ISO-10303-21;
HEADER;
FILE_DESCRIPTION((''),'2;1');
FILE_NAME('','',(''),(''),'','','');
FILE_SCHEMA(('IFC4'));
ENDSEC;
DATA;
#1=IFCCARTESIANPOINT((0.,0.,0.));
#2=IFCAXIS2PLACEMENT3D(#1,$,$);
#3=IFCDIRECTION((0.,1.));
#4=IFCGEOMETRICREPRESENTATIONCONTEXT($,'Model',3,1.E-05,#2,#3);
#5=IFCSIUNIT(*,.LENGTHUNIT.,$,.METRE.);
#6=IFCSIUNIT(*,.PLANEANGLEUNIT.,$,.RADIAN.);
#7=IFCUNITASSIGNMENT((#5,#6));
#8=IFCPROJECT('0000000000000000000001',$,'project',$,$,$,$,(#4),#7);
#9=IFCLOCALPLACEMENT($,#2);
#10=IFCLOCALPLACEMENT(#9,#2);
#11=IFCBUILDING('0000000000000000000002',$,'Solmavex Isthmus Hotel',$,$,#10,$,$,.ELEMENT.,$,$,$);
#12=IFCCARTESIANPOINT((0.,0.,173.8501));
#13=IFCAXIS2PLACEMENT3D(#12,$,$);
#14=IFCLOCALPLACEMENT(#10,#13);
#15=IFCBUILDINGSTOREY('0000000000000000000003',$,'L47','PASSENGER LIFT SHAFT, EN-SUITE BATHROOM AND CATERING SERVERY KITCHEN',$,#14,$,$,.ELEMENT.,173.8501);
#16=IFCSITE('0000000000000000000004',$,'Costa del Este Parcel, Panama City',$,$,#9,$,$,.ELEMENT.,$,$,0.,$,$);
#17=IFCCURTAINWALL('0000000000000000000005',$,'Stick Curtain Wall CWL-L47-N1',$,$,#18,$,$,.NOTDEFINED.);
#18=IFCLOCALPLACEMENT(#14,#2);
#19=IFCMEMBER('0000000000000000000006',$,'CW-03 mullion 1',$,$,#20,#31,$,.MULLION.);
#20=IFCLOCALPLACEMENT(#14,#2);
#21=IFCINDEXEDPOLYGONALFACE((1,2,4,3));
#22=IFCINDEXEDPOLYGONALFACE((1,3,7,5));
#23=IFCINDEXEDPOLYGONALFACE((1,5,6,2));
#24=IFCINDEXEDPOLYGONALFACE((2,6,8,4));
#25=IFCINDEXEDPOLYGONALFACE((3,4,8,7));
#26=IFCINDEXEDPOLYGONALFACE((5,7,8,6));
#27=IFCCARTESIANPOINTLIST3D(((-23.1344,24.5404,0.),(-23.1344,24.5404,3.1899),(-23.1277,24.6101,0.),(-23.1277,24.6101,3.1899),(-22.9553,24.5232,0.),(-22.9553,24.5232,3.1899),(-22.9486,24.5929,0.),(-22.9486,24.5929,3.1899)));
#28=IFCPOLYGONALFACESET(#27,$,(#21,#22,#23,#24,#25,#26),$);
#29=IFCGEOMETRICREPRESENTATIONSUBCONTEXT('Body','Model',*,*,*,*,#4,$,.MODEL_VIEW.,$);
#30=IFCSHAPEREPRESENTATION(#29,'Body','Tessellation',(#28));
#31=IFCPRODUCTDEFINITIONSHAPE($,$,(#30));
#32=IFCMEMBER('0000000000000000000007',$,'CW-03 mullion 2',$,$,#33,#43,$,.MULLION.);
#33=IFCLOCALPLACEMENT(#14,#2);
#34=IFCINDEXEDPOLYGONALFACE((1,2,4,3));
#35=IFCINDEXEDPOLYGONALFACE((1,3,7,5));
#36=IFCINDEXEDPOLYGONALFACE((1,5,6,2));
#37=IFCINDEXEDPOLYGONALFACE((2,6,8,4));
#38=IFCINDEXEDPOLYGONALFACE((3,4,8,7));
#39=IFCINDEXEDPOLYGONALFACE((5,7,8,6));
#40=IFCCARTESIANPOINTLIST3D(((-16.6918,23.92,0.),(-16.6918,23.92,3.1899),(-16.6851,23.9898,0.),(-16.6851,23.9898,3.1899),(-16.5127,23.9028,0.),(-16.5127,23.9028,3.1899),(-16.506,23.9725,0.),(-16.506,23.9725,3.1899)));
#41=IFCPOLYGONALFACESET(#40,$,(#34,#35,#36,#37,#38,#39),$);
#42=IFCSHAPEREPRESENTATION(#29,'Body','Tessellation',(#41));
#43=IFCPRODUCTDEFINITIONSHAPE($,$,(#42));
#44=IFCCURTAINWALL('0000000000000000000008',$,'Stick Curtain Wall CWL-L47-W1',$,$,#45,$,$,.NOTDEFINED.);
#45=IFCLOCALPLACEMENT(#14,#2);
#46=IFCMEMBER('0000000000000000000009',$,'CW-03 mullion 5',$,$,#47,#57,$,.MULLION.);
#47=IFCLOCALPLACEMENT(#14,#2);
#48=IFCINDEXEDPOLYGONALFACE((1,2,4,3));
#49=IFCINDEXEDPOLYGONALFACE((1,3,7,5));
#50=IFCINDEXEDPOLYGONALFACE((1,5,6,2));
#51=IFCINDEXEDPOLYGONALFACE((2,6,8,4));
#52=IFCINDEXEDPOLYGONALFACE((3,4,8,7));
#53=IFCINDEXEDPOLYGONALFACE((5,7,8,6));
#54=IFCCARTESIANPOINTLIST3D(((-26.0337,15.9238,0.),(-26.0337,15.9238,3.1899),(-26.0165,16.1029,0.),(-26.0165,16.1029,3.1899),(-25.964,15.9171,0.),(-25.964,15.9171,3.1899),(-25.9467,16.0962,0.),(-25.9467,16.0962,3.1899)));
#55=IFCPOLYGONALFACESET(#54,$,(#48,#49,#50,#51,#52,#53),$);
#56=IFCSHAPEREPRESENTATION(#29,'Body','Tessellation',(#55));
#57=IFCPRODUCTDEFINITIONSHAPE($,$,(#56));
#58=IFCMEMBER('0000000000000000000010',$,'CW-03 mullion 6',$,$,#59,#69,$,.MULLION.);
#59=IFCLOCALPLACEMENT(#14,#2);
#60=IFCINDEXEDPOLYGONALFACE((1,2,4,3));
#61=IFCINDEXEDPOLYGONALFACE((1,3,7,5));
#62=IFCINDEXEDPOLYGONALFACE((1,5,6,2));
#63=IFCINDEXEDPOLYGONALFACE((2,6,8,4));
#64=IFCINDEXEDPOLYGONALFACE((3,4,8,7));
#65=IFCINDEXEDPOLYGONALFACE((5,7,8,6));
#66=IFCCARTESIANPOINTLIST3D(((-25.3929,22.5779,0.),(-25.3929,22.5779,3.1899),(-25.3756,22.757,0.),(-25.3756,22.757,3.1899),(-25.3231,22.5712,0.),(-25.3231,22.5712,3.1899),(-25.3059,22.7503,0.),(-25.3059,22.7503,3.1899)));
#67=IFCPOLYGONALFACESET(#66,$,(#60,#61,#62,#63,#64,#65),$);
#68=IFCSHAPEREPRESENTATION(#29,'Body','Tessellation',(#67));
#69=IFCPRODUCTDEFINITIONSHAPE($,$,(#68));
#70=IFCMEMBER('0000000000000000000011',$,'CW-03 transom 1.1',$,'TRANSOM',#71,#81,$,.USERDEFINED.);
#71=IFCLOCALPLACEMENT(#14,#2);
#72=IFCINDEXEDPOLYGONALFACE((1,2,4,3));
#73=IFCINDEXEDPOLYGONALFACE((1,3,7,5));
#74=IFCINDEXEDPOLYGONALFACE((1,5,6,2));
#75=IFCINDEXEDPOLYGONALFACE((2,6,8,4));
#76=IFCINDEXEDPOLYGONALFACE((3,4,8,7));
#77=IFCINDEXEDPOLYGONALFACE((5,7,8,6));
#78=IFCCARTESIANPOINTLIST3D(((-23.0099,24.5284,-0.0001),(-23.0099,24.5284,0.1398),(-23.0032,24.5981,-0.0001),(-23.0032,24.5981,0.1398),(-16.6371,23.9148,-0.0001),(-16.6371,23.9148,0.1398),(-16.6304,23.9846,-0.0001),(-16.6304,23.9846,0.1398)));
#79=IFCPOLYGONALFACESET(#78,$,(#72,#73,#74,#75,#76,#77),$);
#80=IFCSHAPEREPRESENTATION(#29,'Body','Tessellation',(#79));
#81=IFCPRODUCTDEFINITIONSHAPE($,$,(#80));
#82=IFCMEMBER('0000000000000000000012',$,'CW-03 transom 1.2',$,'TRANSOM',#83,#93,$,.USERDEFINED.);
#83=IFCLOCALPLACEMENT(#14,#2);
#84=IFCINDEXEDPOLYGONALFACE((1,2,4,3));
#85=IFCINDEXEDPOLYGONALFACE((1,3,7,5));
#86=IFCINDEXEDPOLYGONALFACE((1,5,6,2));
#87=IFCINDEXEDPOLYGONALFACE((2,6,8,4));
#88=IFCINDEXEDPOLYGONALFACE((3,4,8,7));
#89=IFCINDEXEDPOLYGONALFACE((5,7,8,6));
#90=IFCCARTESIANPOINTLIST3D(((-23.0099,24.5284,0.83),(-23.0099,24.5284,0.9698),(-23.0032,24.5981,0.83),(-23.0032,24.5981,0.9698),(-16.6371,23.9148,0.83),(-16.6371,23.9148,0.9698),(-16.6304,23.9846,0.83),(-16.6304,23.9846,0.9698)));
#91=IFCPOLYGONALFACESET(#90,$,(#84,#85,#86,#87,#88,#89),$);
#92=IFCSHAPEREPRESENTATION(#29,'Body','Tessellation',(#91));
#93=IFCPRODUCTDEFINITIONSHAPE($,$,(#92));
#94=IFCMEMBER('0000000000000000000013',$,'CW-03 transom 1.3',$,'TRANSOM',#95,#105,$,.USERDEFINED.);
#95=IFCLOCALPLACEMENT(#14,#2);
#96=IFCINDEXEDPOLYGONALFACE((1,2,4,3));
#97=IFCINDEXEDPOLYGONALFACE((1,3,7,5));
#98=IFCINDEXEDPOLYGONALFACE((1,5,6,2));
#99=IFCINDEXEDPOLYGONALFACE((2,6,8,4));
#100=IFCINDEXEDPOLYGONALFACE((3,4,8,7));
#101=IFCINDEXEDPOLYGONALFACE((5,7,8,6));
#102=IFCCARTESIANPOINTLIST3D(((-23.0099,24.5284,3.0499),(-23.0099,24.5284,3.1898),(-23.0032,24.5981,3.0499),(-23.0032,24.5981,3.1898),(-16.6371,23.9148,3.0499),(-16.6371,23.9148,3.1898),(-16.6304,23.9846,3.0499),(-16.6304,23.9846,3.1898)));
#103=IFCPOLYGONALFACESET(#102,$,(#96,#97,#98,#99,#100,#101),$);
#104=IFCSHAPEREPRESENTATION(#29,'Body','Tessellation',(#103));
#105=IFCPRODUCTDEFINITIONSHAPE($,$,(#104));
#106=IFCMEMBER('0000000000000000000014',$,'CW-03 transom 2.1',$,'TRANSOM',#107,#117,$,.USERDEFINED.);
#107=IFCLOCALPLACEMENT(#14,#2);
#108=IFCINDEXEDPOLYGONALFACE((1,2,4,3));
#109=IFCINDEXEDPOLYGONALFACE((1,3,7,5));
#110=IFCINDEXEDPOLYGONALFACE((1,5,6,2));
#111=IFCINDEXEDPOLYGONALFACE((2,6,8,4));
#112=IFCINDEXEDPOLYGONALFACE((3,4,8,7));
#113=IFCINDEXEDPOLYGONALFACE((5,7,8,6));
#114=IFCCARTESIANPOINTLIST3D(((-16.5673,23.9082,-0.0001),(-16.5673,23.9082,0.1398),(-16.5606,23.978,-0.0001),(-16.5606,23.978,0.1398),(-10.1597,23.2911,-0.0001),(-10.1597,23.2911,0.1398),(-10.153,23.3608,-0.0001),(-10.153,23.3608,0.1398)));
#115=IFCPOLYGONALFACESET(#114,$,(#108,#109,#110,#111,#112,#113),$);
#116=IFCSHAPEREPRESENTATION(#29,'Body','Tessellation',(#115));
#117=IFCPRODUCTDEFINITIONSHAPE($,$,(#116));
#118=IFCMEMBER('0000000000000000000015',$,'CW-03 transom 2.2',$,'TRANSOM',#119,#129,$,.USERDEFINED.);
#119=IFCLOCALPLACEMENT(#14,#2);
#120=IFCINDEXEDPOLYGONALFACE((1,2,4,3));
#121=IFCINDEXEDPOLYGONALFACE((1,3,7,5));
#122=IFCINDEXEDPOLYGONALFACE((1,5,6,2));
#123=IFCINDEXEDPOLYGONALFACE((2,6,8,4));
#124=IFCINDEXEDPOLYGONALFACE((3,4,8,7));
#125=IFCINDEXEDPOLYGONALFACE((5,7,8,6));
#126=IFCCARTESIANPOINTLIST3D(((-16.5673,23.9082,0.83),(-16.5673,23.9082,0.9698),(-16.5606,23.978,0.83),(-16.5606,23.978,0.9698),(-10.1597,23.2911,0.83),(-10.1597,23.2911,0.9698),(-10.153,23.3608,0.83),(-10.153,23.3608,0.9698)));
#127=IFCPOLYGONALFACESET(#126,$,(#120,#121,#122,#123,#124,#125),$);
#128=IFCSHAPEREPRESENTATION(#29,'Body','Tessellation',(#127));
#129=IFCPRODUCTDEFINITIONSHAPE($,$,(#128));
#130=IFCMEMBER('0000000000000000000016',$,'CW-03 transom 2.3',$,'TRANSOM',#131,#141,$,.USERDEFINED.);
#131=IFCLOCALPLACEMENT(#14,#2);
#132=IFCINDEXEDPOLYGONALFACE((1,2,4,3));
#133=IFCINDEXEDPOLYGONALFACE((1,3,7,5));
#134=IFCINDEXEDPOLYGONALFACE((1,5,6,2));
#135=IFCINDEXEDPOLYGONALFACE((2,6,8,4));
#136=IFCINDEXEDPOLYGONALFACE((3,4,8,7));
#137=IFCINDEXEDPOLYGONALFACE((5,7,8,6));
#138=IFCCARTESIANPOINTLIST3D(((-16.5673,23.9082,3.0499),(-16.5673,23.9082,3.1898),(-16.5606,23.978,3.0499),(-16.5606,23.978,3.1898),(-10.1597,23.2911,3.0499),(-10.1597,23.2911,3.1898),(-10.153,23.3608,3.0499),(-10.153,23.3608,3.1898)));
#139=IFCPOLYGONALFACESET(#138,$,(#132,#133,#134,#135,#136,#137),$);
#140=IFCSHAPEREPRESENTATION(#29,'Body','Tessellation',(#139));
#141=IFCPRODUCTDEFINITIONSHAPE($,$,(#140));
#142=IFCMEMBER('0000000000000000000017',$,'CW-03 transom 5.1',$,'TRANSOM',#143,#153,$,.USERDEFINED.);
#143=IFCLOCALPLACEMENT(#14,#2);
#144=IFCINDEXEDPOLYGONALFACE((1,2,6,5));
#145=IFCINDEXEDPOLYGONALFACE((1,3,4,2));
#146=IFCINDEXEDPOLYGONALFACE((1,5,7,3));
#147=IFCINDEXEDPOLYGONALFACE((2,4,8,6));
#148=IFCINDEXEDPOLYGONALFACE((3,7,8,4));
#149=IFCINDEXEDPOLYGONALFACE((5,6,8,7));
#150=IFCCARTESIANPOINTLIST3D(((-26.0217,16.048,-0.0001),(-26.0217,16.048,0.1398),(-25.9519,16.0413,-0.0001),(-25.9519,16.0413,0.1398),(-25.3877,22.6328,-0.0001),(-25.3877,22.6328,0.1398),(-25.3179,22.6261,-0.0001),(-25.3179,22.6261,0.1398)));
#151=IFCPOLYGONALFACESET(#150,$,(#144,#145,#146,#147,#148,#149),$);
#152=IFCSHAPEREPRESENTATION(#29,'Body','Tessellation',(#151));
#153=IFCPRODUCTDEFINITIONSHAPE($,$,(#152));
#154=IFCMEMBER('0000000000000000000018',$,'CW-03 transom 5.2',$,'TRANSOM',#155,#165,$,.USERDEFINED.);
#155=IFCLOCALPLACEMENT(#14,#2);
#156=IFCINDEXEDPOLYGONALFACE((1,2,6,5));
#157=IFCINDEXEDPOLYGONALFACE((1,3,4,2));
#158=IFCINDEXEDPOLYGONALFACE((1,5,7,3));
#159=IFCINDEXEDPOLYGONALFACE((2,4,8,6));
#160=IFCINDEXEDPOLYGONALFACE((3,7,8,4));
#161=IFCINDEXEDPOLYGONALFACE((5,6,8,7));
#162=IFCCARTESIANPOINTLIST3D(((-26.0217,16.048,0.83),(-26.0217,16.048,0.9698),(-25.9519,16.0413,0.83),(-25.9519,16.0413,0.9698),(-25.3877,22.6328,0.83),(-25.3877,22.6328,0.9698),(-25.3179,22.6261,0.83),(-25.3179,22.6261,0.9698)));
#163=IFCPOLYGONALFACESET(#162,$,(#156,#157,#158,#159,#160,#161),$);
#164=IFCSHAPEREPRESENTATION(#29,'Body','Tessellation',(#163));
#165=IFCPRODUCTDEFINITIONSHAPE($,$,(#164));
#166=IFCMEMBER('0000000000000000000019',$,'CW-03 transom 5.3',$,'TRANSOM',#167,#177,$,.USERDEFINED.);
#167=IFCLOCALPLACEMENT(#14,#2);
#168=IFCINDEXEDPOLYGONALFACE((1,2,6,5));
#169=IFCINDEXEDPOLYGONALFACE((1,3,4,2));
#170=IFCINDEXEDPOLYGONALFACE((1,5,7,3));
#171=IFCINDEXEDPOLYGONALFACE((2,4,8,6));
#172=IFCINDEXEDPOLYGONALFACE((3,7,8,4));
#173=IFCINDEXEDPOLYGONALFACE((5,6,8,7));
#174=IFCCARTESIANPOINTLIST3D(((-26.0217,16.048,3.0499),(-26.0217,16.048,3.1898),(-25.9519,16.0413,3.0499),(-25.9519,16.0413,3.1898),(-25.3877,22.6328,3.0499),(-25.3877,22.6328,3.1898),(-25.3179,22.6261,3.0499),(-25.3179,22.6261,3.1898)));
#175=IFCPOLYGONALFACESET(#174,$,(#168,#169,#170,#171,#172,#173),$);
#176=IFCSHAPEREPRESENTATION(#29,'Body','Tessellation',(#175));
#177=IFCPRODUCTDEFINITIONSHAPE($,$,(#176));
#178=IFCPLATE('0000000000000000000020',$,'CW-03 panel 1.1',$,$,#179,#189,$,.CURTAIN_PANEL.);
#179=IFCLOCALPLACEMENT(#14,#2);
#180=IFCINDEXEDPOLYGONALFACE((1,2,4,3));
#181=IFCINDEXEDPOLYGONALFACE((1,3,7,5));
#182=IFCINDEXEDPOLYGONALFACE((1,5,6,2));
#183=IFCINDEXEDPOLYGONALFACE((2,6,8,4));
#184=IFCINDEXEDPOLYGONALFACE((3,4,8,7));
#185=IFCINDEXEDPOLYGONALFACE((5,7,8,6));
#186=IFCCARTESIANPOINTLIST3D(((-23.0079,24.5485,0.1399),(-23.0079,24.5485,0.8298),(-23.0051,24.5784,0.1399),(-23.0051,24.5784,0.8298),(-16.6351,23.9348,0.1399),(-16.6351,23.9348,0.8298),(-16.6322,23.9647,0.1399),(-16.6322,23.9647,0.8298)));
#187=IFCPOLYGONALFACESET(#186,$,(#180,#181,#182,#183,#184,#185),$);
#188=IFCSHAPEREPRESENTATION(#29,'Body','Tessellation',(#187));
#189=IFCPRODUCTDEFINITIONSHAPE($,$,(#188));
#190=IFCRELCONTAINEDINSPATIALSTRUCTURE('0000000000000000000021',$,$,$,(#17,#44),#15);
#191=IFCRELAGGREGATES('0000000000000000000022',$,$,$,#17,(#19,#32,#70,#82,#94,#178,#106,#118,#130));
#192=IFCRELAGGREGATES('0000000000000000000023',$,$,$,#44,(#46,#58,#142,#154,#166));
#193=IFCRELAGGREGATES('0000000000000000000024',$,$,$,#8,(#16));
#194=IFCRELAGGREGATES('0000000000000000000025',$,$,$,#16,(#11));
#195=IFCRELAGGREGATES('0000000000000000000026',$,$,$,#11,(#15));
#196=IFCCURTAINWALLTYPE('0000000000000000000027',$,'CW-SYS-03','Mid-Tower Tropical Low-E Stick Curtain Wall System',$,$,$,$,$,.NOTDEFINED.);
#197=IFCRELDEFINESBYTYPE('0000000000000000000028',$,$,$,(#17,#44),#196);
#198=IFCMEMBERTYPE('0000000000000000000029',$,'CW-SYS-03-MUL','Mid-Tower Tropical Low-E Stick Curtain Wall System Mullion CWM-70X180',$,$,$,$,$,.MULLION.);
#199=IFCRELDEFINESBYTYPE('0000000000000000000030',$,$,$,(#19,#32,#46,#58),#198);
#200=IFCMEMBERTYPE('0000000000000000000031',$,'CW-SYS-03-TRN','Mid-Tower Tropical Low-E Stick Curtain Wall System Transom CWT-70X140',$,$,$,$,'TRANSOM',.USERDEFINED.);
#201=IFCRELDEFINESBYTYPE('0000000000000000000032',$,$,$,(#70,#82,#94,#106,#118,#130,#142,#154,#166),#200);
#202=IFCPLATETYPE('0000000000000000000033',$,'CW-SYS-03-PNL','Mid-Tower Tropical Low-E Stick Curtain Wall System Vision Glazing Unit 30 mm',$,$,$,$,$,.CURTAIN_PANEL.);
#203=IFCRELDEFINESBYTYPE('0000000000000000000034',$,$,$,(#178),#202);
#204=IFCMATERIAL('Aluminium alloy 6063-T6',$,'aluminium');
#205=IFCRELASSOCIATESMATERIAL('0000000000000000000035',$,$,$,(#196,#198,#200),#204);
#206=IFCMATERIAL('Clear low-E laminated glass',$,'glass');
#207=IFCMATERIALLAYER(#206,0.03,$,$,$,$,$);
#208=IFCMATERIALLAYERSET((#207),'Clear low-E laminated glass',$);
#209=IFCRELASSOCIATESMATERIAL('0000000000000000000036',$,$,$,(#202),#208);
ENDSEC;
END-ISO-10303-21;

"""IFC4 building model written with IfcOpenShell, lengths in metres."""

from ifc_helpers import new_model, si_unit, direction, frame, origin, origin_2d, place, context, subcontext, project, spatial, rectangle, extrude, material, layer, layer_set, material_profile, profile_set, type_object, element, aggregate, save


model = new_model("IFC4")

# Units and contexts
model_context = context("Model", 3, precision=1e-05, world=origin(), true_north=direction((0.0, 1.0)))
body_context = subcontext(model_context, "Body", "Model", "MODEL_VIEW")
ifc_project = project(units=[si_unit("LENGTHUNIT", "METRE"), si_unit("PLANEANGLEUNIT", "RADIAN")], contexts=[model_context])

# Site, building, storey
site_placement = place(None, origin())
site = spatial("IfcSite", under=ifc_project, at=site_placement, Name="Costa del Este Parcel, Panama City", CompositionType="ELEMENT", RefElevation=0.0)
building_placement = place(site_placement, origin())
building = spatial("IfcBuilding", under=site, at=building_placement, Name="Solmavex Isthmus Hotel", CompositionType="ELEMENT")
storey_placement = place(building_placement, frame((0.0, 0.0, 173.8501)))
storey = spatial("IfcBuildingStorey", under=building, at=storey_placement, Name="L47", Description="PASSENGER LIFT SHAFT, EN-SUITE BATHROOM AND CATERING SERVERY KITCHEN", CompositionType="ELEMENT", Elevation=173.8501)

# Curtain walls, members
ifc_material_1 = material(Name="Aluminium alloy 6063-T6", Category="aluminium")
curtain_wall_type = type_object("IfcCurtainWallType", Name="CW-SYS-03", Description="Mid-Tower Tropical Low-E Stick Curtain Wall System", PredefinedType="NOTDEFINED", material=ifc_material_1)
curtain_wall_1_placement = place(storey_placement, origin())
curtain_wall_1 = element("IfcCurtainWall", 1, at=curtain_wall_1_placement, inside=storey, type_object=curtain_wall_type, Name="Stick Curtain Wall CWL-L47-N1", PredefinedType="NOTDEFINED")
ifc_material_profile_1 = material_profile(ifc_material_1, rectangle(XDim=0.0701, YDim=0.1799, at=origin_2d()), Name="CWM-70X180")
ifc_profile_set_1 = profile_set([ifc_material_profile_1], Name="Aluminium alloy 6063-T6")
member_type_1 = type_object("IfcMemberType", Name="CW-SYS-03-MUL", Description="Mid-Tower Tropical Low-E Stick Curtain Wall System Mullion CWM-70X180", PredefinedType="MULLION", material=ifc_profile_set_1)
member_1_placement = place(storey_placement, frame((-23.0415, 24.5667, 0.0), z_axis=(0.0, 0.0, 1.0), x_axis=(0.095846, 0.995396, 0.0)))
member_1 = element("IfcMember", 2, at=member_1_placement, type_object=member_type_1, Name="CW-03 mullion 1", PredefinedType="MULLION", context=body_context, shape_type="SweptSolid", body=[
    extrude(rectangle(XDim=0.0701, YDim=0.1799, at=origin_2d()), origin(), (0.0, 0.0, 1.0), 3.1899),
])
member_2_placement = place(storey_placement, frame((-16.5989, 23.9463, 0.0), z_axis=(0.0, 0.0, 1.0), x_axis=(0.095846, 0.995396, 0.0)))
member_2 = element("IfcMember", 3, at=member_2_placement, type_object=member_type_1, Name="CW-03 mullion 2", PredefinedType="MULLION", context=body_context, shape_type="SweptSolid", body=[
    extrude(rectangle(XDim=0.0701, YDim=0.1799, at=origin_2d()), origin(), (0.0, 0.0, 1.0), 3.1899),
])
curtain_wall_2_placement = place(storey_placement, origin())
curtain_wall_2 = element("IfcCurtainWall", 4, at=curtain_wall_2_placement, inside=storey, type_object=curtain_wall_type, Name="Stick Curtain Wall CWL-L47-W1", PredefinedType="NOTDEFINED")
member_3_placement = place(storey_placement, frame((-25.9902, 16.01, 0.0), z_axis=(0.0, 0.0, 1.0), x_axis=(-0.995396, 0.095846, 0.0)))
member_3 = element("IfcMember", 5, at=member_3_placement, type_object=member_type_1, Name="CW-03 mullion 5", PredefinedType="MULLION", context=body_context, shape_type="SweptSolid", body=[
    extrude(rectangle(XDim=0.0701, YDim=0.1799, at=origin_2d()), origin(), (0.0, 0.0, 1.0), 3.1899),
])
member_4_placement = place(storey_placement, frame((-25.3494, 22.6641, 0.0), z_axis=(0.0, 0.0, 1.0), x_axis=(-0.995396, 0.095846, 0.0)))
member_4 = element("IfcMember", 6, at=member_4_placement, type_object=member_type_1, Name="CW-03 mullion 6", PredefinedType="MULLION", context=body_context, shape_type="SweptSolid", body=[
    extrude(rectangle(XDim=0.0701, YDim=0.1799, at=origin_2d()), origin(), (0.0, 0.0, 1.0), 3.1899),
])

# Members
ifc_material_profile_2 = material_profile(ifc_material_1, rectangle(XDim=0.0701, YDim=0.1399, at=origin_2d()), Name="CWT-70X140")
ifc_profile_set_2 = profile_set([ifc_material_profile_2], Name="Aluminium alloy 6063-T6")
member_type_2 = type_object("IfcMemberType", Name="CW-SYS-03-TRN", Description="Mid-Tower Tropical Low-E Stick Curtain Wall System Transom CWT-70X140", ElementType="TRANSOM", PredefinedType="USERDEFINED", material=ifc_profile_set_2)
member_5_placement = place(storey_placement, frame((-23.0066, 24.5632, 0.0698), z_axis=(0.995398, -0.095829, 0.0), x_axis=(0.095829, 0.995398, 0.0)))
member_5 = element("IfcMember", 7, at=member_5_placement, type_object=member_type_2, Name="CW-03 transom 1.1", ObjectType="TRANSOM", PredefinedType="USERDEFINED", context=body_context, shape_type="SweptSolid", body=[
    extrude(rectangle(XDim=0.0701, YDim=0.1399, at=origin_2d()), origin(), (0.0, 0.0, 1.0), 6.4023),
])
member_6_placement = place(storey_placement, frame((-23.0066, 24.5632, 0.8999), z_axis=(0.995398, -0.095829, 0.0), x_axis=(0.095829, 0.995398, 0.0)))
member_6 = element("IfcMember", 8, at=member_6_placement, type_object=member_type_2, Name="CW-03 transom 1.2", ObjectType="TRANSOM", PredefinedType="USERDEFINED", context=body_context, shape_type="SweptSolid", body=[
    extrude(rectangle(XDim=0.0701, YDim=0.1399, at=origin_2d()), origin(), (0.0, 0.0, 1.0), 6.4023),
])
member_7_placement = place(storey_placement, frame((-23.0066, 24.5632, 3.1199), z_axis=(0.995398, -0.095829, 0.0), x_axis=(0.095829, 0.995398, 0.0)))
member_7 = element("IfcMember", 9, at=member_7_placement, type_object=member_type_2, Name="CW-03 transom 1.3", ObjectType="TRANSOM", PredefinedType="USERDEFINED", context=body_context, shape_type="SweptSolid", body=[
    extrude(rectangle(XDim=0.0701, YDim=0.1399, at=origin_2d()), origin(), (0.0, 0.0, 1.0), 6.4023),
])
member_8_placement = place(storey_placement, frame((-16.564, 23.9431, 0.0698), z_axis=(0.995393, -0.095876, 0.0), x_axis=(0.095876, 0.995393, 0.0)))
member_8 = element("IfcMember", 10, at=member_8_placement, type_object=member_type_2, Name="CW-03 transom 2.1", ObjectType="TRANSOM", PredefinedType="USERDEFINED", context=body_context, shape_type="SweptSolid", body=[
    extrude(rectangle(XDim=0.0701, YDim=0.1399, at=origin_2d()), origin(), (0.0, 0.0, 1.0), 6.4373),
])
member_9_placement = place(storey_placement, frame((-16.564, 23.9431, 0.8999), z_axis=(0.995393, -0.095876, 0.0), x_axis=(0.095876, 0.995393, 0.0)))
member_9 = element("IfcMember", 11, at=member_9_placement, type_object=member_type_2, Name="CW-03 transom 2.2", ObjectType="TRANSOM", PredefinedType="USERDEFINED", context=body_context, shape_type="SweptSolid", body=[
    extrude(rectangle(XDim=0.0701, YDim=0.1399, at=origin_2d()), origin(), (0.0, 0.0, 1.0), 6.4373),
])
member_10_placement = place(storey_placement, frame((-16.564, 23.9431, 3.1199), z_axis=(0.995393, -0.095876, 0.0), x_axis=(0.095876, 0.995393, 0.0)))
member_10 = element("IfcMember", 12, at=member_10_placement, type_object=member_type_2, Name="CW-03 transom 2.3", ObjectType="TRANSOM", PredefinedType="USERDEFINED", context=body_context, shape_type="SweptSolid", body=[
    extrude(rectangle(XDim=0.0701, YDim=0.1399, at=origin_2d()), origin(), (0.0, 0.0, 1.0), 6.4373),
])
member_11_placement = place(storey_placement, frame((-25.9868, 16.0447, 0.0698), z_axis=(0.095845, 0.995396, 0.0), x_axis=(-0.995396, 0.095845, 0.0)))
member_11 = element("IfcMember", 13, at=member_11_placement, type_object=member_type_2, Name="CW-03 transom 5.1", ObjectType="TRANSOM", PredefinedType="USERDEFINED", context=body_context, shape_type="SweptSolid", body=[
    extrude(rectangle(XDim=0.0701, YDim=0.1399, at=origin_2d()), origin(), (0.0, 0.0, 1.0), 6.6152),
])
member_12_placement = place(storey_placement, frame((-25.9868, 16.0447, 0.8999), z_axis=(0.095845, 0.995396, 0.0), x_axis=(-0.995396, 0.095845, 0.0)))
member_12 = element("IfcMember", 14, at=member_12_placement, type_object=member_type_2, Name="CW-03 transom 5.2", ObjectType="TRANSOM", PredefinedType="USERDEFINED", context=body_context, shape_type="SweptSolid", body=[
    extrude(rectangle(XDim=0.0701, YDim=0.1399, at=origin_2d()), origin(), (0.0, 0.0, 1.0), 6.6152),
])
member_13_placement = place(storey_placement, frame((-25.9868, 16.0447, 3.1199), z_axis=(0.095845, 0.995396, 0.0), x_axis=(-0.995396, 0.095845, 0.0)))
member_13 = element("IfcMember", 15, at=member_13_placement, type_object=member_type_2, Name="CW-03 transom 5.3", ObjectType="TRANSOM", PredefinedType="USERDEFINED", context=body_context, shape_type="SweptSolid", body=[
    extrude(rectangle(XDim=0.0701, YDim=0.1399, at=origin_2d()), origin(), (0.0, 0.0, 1.0), 6.6152),
])

# Plate
ifc_material_2 = material(Name="Clear low-E laminated glass", Category="glass")
ifc_layer_1 = layer(ifc_material_2, 0.03)
ifc_layer_set_1 = layer_set([ifc_layer_1], Name="Clear low-E laminated glass")
plate_type = type_object("IfcPlateType", Name="CW-SYS-03-PNL", Description="Mid-Tower Tropical Low-E Stick Curtain Wall System Vision Glazing Unit 30 mm", PredefinedType="CURTAIN_PANEL", material=ifc_layer_set_1)
plate_1_placement = place(storey_placement, frame((-19.8201, 24.2566, 0.1399), z_axis=(0.0, 0.0, 1.0), x_axis=(0.995396, -0.095846, 0.0)))
plate_1 = element("IfcPlate", 16, at=plate_1_placement, type_object=plate_type, Name="CW-03 panel 1.1", PredefinedType="CURTAIN_PANEL", context=body_context, shape_type="SweptSolid", body=[
    extrude(rectangle(XDim=6.4023, YDim=0.03, at=origin_2d()), origin(), (0.0, 0.0, 1.0), 0.6899),
])
aggregate(curtain_wall_1, [member_1, member_2, member_5, member_6, member_7, plate_1, member_8, member_9, member_10])
aggregate(curtain_wall_2, [member_3, member_4, member_11, member_12, member_13])

save(model, "model.ifc")
